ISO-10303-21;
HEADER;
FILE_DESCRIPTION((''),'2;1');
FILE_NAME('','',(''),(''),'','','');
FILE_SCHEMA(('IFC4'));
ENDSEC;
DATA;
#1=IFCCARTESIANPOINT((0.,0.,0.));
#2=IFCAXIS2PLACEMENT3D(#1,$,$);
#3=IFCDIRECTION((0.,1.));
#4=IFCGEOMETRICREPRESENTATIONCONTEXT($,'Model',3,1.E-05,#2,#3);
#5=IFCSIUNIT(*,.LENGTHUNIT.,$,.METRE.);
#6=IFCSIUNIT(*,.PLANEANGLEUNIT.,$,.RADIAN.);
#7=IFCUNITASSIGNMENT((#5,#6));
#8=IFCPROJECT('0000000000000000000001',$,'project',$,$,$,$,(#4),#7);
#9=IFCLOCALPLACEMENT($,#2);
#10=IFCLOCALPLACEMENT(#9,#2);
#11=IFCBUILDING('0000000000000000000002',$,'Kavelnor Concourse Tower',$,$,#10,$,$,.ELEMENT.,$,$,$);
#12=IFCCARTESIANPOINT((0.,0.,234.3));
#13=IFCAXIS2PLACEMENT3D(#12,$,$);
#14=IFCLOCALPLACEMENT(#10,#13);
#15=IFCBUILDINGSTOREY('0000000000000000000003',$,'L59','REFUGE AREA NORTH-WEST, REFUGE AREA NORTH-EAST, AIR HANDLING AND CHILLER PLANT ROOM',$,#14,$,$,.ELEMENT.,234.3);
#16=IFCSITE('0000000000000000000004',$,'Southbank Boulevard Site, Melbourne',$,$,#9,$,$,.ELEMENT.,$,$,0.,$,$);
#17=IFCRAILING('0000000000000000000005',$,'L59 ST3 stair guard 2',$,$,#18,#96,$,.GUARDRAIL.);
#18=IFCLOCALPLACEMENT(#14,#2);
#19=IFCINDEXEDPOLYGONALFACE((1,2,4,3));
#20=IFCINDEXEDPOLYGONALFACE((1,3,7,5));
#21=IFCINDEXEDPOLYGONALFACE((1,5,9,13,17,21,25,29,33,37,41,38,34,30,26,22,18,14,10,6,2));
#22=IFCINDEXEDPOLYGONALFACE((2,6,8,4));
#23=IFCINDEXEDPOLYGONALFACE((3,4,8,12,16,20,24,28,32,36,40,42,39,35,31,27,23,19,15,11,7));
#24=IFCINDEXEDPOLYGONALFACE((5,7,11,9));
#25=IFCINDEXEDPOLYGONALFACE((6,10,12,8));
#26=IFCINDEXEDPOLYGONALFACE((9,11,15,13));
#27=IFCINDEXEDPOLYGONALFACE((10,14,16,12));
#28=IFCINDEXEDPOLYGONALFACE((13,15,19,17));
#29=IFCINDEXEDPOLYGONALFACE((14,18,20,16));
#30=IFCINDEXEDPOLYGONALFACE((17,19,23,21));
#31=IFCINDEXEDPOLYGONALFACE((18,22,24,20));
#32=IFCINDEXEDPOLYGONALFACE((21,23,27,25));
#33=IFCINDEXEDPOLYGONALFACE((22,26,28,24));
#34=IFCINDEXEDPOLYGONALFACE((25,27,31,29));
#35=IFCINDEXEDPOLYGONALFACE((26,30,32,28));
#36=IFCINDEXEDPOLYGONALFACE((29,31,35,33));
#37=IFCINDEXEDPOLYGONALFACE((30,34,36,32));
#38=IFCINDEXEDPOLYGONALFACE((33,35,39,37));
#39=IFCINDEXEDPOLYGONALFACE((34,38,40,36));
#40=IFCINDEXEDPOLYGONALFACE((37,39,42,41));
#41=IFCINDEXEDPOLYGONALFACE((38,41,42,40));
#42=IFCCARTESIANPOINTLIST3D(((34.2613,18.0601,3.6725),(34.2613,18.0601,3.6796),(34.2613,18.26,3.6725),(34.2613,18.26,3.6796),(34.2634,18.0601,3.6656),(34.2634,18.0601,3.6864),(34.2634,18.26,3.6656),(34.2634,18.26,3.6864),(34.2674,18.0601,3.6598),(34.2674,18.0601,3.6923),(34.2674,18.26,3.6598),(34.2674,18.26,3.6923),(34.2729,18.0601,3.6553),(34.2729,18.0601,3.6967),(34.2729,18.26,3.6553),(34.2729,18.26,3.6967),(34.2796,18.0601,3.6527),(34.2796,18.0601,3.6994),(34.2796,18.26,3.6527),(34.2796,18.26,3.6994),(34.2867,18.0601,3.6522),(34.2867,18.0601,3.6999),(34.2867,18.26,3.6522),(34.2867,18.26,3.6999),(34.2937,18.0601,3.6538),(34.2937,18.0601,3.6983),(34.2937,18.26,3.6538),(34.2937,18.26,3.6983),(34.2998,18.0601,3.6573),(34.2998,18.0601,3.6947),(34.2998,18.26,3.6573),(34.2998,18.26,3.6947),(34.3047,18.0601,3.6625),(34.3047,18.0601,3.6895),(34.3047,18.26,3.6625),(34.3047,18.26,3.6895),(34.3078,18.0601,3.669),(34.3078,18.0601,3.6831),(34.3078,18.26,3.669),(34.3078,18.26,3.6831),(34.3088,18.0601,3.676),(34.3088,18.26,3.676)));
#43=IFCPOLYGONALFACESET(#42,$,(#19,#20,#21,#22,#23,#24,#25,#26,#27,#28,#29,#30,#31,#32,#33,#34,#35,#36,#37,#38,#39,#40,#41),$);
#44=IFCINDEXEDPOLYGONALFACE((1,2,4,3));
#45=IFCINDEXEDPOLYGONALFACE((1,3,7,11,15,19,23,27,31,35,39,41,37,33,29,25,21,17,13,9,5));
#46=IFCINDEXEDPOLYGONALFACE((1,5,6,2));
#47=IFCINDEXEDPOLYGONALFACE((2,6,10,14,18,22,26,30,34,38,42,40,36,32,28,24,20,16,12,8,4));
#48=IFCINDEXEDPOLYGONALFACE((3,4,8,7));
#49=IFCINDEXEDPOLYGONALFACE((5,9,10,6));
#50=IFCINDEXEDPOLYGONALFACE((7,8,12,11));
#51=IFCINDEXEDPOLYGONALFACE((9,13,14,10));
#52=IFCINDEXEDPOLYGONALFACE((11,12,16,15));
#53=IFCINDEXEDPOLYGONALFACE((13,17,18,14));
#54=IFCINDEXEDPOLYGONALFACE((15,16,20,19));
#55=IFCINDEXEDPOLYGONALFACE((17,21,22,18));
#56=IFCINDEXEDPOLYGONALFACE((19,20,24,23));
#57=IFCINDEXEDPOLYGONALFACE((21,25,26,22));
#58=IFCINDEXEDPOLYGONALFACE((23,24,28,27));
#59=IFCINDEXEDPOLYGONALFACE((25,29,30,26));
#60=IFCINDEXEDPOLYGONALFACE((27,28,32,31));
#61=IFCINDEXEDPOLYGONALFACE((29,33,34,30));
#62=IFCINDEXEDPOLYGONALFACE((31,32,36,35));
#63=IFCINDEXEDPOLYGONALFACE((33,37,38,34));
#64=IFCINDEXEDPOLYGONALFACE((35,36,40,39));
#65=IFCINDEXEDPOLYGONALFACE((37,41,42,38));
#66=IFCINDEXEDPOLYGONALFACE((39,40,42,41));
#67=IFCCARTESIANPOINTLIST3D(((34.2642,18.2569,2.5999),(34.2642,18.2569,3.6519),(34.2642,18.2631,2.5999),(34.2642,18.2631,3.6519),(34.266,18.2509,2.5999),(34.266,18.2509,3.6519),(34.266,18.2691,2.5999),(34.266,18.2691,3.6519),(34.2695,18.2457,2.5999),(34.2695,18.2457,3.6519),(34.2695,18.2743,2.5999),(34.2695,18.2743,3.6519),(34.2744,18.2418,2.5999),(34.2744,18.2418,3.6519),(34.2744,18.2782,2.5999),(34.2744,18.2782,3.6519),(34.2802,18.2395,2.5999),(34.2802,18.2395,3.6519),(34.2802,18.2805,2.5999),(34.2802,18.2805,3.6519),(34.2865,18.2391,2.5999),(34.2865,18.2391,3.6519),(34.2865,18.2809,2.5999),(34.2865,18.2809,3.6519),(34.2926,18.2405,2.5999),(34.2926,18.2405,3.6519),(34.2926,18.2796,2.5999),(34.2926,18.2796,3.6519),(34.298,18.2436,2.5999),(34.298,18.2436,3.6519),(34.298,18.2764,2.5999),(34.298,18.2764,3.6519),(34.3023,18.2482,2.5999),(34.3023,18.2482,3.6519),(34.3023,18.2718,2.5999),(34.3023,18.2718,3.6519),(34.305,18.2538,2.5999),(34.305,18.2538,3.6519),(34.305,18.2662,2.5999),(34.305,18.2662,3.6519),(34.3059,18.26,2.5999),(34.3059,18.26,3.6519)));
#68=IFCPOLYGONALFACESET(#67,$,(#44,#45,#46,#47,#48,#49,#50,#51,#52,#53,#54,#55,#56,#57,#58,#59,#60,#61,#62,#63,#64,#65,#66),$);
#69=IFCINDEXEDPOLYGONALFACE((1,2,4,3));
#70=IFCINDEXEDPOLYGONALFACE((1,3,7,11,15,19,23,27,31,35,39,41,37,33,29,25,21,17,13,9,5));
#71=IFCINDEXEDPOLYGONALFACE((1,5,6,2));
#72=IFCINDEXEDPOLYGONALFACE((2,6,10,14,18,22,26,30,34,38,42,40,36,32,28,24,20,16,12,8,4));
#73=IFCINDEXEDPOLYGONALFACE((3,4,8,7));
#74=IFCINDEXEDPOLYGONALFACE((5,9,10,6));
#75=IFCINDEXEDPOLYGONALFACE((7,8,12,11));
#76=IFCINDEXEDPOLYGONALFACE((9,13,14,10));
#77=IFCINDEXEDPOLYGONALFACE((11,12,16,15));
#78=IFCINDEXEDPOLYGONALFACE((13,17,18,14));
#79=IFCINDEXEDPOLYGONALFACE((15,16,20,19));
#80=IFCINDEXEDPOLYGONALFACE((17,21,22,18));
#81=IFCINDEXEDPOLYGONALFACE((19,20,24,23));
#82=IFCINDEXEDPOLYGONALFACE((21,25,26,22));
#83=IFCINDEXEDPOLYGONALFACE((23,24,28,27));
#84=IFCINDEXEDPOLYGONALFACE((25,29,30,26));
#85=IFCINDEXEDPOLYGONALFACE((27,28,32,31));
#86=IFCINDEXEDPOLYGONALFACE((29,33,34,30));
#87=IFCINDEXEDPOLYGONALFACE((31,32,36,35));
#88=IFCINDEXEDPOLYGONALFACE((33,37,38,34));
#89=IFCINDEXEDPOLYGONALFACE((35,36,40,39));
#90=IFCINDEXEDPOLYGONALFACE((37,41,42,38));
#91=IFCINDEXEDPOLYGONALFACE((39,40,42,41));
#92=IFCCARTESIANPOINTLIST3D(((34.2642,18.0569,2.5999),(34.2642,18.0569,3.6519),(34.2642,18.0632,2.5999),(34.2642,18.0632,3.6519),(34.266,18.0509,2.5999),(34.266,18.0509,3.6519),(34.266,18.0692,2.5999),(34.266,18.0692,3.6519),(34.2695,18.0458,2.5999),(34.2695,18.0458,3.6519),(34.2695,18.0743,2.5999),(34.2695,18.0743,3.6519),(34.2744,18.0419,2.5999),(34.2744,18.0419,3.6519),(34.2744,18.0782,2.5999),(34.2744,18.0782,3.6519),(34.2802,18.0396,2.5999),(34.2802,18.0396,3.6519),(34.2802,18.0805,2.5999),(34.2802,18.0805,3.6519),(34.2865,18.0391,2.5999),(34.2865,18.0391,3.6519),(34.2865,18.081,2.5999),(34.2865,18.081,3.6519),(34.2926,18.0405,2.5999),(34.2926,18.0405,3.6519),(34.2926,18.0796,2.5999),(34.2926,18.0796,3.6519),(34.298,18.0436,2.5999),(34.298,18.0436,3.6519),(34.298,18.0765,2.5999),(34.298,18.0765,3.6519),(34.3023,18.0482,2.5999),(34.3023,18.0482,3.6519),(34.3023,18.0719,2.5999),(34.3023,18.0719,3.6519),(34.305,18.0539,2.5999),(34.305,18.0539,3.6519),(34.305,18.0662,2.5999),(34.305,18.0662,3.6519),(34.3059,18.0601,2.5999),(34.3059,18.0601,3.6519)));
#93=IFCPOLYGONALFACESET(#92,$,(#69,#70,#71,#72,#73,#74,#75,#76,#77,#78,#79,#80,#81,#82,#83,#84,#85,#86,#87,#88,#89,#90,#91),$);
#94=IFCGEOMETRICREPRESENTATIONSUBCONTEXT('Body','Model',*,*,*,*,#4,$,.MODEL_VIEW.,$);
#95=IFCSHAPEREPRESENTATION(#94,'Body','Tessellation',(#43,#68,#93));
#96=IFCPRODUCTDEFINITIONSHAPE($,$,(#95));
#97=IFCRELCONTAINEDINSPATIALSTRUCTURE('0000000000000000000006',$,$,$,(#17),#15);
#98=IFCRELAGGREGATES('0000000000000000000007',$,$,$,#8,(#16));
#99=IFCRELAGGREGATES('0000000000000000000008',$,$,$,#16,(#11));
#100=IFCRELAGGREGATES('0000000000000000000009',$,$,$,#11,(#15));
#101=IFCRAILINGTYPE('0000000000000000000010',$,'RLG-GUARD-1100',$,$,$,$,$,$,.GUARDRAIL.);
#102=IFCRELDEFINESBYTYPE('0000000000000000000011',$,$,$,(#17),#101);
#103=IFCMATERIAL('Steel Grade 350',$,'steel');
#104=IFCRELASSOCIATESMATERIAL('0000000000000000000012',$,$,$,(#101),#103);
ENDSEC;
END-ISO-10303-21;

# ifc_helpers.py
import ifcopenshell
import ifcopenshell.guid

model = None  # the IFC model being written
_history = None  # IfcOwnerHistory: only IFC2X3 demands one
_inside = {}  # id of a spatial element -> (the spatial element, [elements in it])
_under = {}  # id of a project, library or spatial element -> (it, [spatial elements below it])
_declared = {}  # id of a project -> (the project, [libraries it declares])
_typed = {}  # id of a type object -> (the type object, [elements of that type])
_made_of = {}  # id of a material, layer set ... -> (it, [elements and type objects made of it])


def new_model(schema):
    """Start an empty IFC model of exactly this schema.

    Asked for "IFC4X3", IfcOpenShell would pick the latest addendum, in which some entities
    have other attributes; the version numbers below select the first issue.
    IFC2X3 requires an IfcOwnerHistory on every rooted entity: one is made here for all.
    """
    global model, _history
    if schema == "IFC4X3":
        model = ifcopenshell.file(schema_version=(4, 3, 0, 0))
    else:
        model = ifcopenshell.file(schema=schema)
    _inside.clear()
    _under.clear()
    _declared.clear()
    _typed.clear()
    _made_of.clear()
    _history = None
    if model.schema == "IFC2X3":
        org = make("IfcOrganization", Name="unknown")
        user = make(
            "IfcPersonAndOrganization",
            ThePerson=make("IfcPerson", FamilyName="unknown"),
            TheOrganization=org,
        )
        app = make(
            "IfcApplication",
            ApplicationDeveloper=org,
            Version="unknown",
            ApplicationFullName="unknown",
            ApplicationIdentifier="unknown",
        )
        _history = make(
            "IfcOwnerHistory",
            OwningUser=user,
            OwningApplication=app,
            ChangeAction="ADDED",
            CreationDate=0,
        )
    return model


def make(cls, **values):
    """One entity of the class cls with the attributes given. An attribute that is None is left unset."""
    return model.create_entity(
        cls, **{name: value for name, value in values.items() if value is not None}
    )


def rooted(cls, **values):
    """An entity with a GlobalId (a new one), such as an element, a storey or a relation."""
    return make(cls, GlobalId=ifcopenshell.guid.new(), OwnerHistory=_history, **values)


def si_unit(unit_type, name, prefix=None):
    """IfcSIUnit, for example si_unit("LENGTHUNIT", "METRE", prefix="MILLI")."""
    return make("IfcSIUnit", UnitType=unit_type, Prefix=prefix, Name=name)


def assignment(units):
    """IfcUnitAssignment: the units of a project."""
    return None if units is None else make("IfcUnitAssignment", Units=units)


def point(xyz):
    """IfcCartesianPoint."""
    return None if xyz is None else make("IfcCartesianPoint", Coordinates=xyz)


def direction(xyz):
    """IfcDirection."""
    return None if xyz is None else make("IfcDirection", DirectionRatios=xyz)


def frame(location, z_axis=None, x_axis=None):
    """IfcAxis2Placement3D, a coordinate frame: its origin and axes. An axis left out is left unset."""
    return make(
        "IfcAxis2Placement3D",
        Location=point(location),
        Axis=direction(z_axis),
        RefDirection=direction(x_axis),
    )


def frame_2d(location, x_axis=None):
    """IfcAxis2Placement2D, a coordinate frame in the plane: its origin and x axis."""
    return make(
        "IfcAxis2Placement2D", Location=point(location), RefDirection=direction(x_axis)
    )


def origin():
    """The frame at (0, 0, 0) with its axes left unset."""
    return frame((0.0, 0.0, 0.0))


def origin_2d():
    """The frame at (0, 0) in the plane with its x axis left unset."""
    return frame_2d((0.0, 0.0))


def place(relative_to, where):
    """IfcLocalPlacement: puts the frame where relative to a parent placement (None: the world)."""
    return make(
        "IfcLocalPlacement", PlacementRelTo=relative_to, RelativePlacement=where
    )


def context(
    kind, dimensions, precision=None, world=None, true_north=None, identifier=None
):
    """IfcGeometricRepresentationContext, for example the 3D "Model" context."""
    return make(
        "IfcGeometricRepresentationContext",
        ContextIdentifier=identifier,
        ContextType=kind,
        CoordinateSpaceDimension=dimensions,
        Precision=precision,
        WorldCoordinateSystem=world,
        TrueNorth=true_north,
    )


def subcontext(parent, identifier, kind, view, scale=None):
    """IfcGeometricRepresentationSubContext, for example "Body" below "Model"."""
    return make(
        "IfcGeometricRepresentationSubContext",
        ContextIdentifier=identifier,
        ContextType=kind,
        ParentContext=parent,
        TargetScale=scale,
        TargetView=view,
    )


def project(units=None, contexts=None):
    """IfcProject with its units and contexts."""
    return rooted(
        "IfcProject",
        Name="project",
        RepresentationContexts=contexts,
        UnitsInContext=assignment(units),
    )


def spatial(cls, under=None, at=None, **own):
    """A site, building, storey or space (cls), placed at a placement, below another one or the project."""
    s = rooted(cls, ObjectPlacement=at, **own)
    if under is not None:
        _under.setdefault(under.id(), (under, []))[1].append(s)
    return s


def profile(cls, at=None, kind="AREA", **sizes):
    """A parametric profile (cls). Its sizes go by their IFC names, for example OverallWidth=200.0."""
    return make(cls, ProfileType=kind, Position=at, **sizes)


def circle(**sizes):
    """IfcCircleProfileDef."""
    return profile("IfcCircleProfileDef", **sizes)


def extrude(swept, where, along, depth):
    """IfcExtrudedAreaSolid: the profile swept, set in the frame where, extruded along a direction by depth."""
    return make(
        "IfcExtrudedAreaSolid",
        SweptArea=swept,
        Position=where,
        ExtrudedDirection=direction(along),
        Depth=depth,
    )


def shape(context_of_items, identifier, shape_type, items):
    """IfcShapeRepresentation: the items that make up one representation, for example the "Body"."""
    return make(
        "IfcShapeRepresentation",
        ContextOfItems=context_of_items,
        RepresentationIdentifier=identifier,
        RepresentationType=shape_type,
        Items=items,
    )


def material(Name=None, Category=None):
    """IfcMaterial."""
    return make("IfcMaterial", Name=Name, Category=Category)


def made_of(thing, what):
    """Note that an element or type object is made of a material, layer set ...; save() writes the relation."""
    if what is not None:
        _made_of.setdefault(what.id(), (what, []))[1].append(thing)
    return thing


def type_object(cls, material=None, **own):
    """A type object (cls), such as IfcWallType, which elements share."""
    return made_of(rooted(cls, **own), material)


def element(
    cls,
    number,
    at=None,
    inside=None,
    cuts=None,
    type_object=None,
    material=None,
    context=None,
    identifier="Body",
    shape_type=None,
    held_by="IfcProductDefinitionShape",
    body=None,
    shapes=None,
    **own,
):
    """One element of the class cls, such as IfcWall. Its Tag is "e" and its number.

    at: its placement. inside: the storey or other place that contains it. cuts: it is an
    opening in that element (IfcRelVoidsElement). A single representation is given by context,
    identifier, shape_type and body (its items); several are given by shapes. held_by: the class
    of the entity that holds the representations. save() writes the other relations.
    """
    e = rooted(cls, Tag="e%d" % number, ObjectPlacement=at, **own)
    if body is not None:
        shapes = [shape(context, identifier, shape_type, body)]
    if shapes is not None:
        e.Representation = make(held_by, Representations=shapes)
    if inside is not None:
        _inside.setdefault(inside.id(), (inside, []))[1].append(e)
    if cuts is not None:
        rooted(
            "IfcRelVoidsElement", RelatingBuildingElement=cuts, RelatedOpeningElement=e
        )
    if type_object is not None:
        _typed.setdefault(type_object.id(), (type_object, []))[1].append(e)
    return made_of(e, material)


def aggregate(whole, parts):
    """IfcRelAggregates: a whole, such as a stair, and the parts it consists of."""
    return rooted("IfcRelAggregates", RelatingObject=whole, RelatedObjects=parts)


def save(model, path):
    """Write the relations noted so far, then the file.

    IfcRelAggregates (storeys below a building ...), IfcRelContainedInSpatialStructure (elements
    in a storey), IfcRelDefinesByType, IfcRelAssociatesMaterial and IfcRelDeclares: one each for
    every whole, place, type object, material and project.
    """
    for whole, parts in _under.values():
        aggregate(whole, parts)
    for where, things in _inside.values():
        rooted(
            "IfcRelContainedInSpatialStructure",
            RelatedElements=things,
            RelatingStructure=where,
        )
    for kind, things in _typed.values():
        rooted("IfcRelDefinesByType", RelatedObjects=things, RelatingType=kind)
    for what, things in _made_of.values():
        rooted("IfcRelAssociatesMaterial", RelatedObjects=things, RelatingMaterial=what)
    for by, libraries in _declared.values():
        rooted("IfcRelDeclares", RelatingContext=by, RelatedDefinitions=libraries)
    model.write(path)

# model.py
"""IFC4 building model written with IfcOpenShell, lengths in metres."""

from ifc_helpers import new_model, si_unit, direction, frame, origin, origin_2d, place, context, subcontext, project, spatial, circle, extrude, material, type_object, element, save


model = new_model("IFC4")

# Units and contexts
model_context = context("Model", 3, precision=1e-05, world=origin(), true_north=direction((0.0, 1.0)))
body_context = subcontext(model_context, "Body", "Model", "MODEL_VIEW")
ifc_project = project(units=[si_unit("LENGTHUNIT", "METRE"), si_unit("PLANEANGLEUNIT", "RADIAN")], contexts=[model_context])

# Site, building, storey
site_placement = place(None, origin())
site = spatial("IfcSite", under=ifc_project, at=site_placement, Name="Southbank Boulevard Site, Melbourne", CompositionType="ELEMENT", RefElevation=0.0)
building_placement = place(site_placement, origin())
building = spatial("IfcBuilding", under=site, at=building_placement, Name="Kavelnor Concourse Tower", CompositionType="ELEMENT")
storey_placement = place(building_placement, frame((0.0, 0.0, 234.3)))
storey = spatial("IfcBuildingStorey", under=building, at=storey_placement, Name="L59", Description="REFUGE AREA NORTH-WEST, REFUGE AREA NORTH-EAST, AIR HANDLING AND CHILLER PLANT ROOM", CompositionType="ELEMENT", Elevation=234.3)

# Shared definitions
ifc_material_1 = material(Name="Steel Grade 350", Category="steel")

# Railing
railing_type_1 = type_object("IfcRailingType", Name="RLG-GUARD-1100", PredefinedType="GUARDRAIL", material=ifc_material_1)
railing_1_placement = place(storey_placement, frame((34.2849, 18.26, 2.5999)))
element("IfcRailing", 1, at=railing_1_placement, inside=storey, type_object=railing_type_1, Name="L59 ST3 stair guard 2", PredefinedType="GUARDRAIL", context=body_context, shape_type="SweptSolid", body=[
    extrude(circle(Radius=0.0239, at=origin_2d()), frame((0.0, 0.0, 1.0762), z_axis=(0.0, -1.0, 0.0), x_axis=(1.0, 0.0, 0.0)), (0.0, 0.0, 1.0), 0.2),
    extrude(circle(Radius=0.021, at=origin_2d()), origin(), (0.0, 0.0, 1.0), 1.052),
    extrude(circle(Radius=0.021, at=origin_2d()), frame((0.0, -0.2, 0.0)), (0.0, 0.0, 1.0), 1.052),
])

save(model, "model.ifc")
